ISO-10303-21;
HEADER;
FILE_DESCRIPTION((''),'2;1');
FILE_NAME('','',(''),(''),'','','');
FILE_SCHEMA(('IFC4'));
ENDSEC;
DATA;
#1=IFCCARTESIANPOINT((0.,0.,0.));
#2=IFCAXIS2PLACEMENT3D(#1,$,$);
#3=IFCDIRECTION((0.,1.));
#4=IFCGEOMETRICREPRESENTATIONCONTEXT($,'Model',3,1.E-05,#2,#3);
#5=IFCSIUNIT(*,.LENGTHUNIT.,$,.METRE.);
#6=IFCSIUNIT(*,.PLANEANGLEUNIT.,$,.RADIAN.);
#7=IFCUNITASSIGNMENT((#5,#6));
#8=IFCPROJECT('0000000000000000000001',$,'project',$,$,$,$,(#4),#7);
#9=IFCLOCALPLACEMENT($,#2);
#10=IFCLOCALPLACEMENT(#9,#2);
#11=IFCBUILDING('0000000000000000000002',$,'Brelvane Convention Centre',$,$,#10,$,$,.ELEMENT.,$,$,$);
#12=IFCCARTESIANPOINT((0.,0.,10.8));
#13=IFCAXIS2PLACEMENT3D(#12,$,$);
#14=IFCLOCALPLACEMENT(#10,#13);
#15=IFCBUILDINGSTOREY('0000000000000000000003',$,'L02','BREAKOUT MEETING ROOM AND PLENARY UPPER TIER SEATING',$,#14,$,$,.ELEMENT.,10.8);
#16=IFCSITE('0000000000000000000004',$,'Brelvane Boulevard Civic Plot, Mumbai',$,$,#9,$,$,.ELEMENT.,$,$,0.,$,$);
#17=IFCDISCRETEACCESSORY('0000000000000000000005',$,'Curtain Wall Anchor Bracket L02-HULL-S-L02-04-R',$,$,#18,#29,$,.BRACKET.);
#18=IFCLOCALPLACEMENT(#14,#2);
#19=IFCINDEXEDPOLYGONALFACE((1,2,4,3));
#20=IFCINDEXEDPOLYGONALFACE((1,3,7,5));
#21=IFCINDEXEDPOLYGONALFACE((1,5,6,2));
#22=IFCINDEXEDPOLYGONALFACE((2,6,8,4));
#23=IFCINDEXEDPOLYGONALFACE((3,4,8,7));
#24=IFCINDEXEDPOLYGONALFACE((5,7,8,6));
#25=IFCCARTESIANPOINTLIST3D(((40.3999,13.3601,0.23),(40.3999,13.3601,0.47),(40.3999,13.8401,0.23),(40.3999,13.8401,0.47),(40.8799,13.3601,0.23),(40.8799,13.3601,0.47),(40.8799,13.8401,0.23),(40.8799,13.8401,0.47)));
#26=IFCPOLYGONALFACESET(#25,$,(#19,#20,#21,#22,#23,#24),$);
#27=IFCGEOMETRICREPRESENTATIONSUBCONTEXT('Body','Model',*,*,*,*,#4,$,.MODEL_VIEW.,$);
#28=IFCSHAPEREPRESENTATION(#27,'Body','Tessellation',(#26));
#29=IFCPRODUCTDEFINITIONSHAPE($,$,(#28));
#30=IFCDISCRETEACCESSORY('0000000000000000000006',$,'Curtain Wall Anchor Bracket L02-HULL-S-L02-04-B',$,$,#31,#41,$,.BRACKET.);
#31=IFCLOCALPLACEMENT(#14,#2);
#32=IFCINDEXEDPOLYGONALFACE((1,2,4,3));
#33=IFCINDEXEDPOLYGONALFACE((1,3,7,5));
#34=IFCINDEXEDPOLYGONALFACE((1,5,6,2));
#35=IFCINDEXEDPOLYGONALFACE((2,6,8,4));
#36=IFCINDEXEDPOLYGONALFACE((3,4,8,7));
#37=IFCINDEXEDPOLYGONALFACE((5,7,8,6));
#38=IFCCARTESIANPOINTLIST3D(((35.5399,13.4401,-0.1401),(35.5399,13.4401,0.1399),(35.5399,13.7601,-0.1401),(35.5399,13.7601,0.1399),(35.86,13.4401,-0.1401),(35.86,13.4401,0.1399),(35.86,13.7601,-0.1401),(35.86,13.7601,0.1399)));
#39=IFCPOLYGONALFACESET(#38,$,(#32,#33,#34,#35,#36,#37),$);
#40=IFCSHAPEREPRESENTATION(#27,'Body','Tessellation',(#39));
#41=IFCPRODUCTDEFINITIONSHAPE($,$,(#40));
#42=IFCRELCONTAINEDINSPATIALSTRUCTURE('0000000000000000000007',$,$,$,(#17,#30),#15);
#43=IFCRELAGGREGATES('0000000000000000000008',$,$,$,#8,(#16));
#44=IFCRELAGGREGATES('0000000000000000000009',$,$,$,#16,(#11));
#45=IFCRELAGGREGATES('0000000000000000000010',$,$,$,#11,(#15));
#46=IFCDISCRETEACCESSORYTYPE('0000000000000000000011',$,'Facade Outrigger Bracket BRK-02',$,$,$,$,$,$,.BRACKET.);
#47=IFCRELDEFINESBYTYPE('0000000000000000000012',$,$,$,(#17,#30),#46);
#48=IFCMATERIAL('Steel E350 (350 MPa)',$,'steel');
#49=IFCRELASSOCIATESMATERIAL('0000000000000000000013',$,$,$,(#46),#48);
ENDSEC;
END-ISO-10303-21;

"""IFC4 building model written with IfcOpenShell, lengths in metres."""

from ifc_helpers import new_model, si_unit, direction, frame, origin, origin_2d, place, context, subcontext, project, spatial, rectangle, extrude, material, type_object, element, save


model = new_model("IFC4")

# Units and contexts
model_context = context("Model", 3, precision=1e-05, world=origin(), true_north=direction((0.0, 1.0)))
body_context = subcontext(model_context, "Body", "Model", "MODEL_VIEW")
ifc_project = project(units=[si_unit("LENGTHUNIT", "METRE"), si_unit("PLANEANGLEUNIT", "RADIAN")], contexts=[model_context])

# Site, building, storey
site_placement = place(None, origin())
site = spatial("IfcSite", under=ifc_project, at=site_placement, Name="Brelvane Boulevard Civic Plot, Mumbai", CompositionType="ELEMENT", RefElevation=0.0)
building_placement = place(site_placement, origin())
building = spatial("IfcBuilding", under=site, at=building_placement, Name="Brelvane Convention Centre", CompositionType="ELEMENT")
storey_placement = place(building_placement, frame((0.0, 0.0, 10.8)))
storey = spatial("IfcBuildingStorey", under=building, at=storey_placement, Name="L02", Description="BREAKOUT MEETING ROOM AND PLENARY UPPER TIER SEATING", CompositionType="ELEMENT", Elevation=10.8)

# Discrete accessories
ifc_material_1 = material(Name="Steel E350 (350 MPa)", Category="steel")
discrete_accessory_type = type_object("IfcDiscreteAccessoryType", Name="Facade Outrigger Bracket BRK-02", PredefinedType="BRACKET", material=ifc_material_1)
for number, where, z_axis, x_axis, name in (
    (1, (40.6399, 13.6001, 0.23), (0.0, 0.0, 1.0), (1.0, 0.0, 0.0), "Curtain Wall Anchor Bracket L02-HULL-S-L02-04-R"),
):
    element("IfcDiscreteAccessory", number, at=place(storey_placement, frame(where, z_axis=z_axis, x_axis=x_axis)), inside=storey, type_object=discrete_accessory_type, Name=name, PredefinedType="BRACKET", context=body_context, shape_type="SweptSolid", body=[
        extrude(rectangle(XDim=0.48, YDim=0.48, at=origin_2d()), origin(), (0.0, 0.0, 1.0), 0.24),
    ])
discrete_accessory_placement = place(storey_placement, frame((35.7, 13.6001, -0.1401), z_axis=(0.0, 0.0, 1.0), x_axis=(1.0, 0.0, 0.0)))
element("IfcDiscreteAccessory", 2, at=discrete_accessory_placement, inside=storey, type_object=discrete_accessory_type, Name="Curtain Wall Anchor Bracket L02-HULL-S-L02-04-B", PredefinedType="BRACKET", context=body_context, shape_type="SweptSolid", body=[
    extrude(rectangle(XDim=0.3201, YDim=0.3201, at=origin_2d()), origin(), (0.0, 0.0, 1.0), 0.28),
])

save(model, "model.ifc")
